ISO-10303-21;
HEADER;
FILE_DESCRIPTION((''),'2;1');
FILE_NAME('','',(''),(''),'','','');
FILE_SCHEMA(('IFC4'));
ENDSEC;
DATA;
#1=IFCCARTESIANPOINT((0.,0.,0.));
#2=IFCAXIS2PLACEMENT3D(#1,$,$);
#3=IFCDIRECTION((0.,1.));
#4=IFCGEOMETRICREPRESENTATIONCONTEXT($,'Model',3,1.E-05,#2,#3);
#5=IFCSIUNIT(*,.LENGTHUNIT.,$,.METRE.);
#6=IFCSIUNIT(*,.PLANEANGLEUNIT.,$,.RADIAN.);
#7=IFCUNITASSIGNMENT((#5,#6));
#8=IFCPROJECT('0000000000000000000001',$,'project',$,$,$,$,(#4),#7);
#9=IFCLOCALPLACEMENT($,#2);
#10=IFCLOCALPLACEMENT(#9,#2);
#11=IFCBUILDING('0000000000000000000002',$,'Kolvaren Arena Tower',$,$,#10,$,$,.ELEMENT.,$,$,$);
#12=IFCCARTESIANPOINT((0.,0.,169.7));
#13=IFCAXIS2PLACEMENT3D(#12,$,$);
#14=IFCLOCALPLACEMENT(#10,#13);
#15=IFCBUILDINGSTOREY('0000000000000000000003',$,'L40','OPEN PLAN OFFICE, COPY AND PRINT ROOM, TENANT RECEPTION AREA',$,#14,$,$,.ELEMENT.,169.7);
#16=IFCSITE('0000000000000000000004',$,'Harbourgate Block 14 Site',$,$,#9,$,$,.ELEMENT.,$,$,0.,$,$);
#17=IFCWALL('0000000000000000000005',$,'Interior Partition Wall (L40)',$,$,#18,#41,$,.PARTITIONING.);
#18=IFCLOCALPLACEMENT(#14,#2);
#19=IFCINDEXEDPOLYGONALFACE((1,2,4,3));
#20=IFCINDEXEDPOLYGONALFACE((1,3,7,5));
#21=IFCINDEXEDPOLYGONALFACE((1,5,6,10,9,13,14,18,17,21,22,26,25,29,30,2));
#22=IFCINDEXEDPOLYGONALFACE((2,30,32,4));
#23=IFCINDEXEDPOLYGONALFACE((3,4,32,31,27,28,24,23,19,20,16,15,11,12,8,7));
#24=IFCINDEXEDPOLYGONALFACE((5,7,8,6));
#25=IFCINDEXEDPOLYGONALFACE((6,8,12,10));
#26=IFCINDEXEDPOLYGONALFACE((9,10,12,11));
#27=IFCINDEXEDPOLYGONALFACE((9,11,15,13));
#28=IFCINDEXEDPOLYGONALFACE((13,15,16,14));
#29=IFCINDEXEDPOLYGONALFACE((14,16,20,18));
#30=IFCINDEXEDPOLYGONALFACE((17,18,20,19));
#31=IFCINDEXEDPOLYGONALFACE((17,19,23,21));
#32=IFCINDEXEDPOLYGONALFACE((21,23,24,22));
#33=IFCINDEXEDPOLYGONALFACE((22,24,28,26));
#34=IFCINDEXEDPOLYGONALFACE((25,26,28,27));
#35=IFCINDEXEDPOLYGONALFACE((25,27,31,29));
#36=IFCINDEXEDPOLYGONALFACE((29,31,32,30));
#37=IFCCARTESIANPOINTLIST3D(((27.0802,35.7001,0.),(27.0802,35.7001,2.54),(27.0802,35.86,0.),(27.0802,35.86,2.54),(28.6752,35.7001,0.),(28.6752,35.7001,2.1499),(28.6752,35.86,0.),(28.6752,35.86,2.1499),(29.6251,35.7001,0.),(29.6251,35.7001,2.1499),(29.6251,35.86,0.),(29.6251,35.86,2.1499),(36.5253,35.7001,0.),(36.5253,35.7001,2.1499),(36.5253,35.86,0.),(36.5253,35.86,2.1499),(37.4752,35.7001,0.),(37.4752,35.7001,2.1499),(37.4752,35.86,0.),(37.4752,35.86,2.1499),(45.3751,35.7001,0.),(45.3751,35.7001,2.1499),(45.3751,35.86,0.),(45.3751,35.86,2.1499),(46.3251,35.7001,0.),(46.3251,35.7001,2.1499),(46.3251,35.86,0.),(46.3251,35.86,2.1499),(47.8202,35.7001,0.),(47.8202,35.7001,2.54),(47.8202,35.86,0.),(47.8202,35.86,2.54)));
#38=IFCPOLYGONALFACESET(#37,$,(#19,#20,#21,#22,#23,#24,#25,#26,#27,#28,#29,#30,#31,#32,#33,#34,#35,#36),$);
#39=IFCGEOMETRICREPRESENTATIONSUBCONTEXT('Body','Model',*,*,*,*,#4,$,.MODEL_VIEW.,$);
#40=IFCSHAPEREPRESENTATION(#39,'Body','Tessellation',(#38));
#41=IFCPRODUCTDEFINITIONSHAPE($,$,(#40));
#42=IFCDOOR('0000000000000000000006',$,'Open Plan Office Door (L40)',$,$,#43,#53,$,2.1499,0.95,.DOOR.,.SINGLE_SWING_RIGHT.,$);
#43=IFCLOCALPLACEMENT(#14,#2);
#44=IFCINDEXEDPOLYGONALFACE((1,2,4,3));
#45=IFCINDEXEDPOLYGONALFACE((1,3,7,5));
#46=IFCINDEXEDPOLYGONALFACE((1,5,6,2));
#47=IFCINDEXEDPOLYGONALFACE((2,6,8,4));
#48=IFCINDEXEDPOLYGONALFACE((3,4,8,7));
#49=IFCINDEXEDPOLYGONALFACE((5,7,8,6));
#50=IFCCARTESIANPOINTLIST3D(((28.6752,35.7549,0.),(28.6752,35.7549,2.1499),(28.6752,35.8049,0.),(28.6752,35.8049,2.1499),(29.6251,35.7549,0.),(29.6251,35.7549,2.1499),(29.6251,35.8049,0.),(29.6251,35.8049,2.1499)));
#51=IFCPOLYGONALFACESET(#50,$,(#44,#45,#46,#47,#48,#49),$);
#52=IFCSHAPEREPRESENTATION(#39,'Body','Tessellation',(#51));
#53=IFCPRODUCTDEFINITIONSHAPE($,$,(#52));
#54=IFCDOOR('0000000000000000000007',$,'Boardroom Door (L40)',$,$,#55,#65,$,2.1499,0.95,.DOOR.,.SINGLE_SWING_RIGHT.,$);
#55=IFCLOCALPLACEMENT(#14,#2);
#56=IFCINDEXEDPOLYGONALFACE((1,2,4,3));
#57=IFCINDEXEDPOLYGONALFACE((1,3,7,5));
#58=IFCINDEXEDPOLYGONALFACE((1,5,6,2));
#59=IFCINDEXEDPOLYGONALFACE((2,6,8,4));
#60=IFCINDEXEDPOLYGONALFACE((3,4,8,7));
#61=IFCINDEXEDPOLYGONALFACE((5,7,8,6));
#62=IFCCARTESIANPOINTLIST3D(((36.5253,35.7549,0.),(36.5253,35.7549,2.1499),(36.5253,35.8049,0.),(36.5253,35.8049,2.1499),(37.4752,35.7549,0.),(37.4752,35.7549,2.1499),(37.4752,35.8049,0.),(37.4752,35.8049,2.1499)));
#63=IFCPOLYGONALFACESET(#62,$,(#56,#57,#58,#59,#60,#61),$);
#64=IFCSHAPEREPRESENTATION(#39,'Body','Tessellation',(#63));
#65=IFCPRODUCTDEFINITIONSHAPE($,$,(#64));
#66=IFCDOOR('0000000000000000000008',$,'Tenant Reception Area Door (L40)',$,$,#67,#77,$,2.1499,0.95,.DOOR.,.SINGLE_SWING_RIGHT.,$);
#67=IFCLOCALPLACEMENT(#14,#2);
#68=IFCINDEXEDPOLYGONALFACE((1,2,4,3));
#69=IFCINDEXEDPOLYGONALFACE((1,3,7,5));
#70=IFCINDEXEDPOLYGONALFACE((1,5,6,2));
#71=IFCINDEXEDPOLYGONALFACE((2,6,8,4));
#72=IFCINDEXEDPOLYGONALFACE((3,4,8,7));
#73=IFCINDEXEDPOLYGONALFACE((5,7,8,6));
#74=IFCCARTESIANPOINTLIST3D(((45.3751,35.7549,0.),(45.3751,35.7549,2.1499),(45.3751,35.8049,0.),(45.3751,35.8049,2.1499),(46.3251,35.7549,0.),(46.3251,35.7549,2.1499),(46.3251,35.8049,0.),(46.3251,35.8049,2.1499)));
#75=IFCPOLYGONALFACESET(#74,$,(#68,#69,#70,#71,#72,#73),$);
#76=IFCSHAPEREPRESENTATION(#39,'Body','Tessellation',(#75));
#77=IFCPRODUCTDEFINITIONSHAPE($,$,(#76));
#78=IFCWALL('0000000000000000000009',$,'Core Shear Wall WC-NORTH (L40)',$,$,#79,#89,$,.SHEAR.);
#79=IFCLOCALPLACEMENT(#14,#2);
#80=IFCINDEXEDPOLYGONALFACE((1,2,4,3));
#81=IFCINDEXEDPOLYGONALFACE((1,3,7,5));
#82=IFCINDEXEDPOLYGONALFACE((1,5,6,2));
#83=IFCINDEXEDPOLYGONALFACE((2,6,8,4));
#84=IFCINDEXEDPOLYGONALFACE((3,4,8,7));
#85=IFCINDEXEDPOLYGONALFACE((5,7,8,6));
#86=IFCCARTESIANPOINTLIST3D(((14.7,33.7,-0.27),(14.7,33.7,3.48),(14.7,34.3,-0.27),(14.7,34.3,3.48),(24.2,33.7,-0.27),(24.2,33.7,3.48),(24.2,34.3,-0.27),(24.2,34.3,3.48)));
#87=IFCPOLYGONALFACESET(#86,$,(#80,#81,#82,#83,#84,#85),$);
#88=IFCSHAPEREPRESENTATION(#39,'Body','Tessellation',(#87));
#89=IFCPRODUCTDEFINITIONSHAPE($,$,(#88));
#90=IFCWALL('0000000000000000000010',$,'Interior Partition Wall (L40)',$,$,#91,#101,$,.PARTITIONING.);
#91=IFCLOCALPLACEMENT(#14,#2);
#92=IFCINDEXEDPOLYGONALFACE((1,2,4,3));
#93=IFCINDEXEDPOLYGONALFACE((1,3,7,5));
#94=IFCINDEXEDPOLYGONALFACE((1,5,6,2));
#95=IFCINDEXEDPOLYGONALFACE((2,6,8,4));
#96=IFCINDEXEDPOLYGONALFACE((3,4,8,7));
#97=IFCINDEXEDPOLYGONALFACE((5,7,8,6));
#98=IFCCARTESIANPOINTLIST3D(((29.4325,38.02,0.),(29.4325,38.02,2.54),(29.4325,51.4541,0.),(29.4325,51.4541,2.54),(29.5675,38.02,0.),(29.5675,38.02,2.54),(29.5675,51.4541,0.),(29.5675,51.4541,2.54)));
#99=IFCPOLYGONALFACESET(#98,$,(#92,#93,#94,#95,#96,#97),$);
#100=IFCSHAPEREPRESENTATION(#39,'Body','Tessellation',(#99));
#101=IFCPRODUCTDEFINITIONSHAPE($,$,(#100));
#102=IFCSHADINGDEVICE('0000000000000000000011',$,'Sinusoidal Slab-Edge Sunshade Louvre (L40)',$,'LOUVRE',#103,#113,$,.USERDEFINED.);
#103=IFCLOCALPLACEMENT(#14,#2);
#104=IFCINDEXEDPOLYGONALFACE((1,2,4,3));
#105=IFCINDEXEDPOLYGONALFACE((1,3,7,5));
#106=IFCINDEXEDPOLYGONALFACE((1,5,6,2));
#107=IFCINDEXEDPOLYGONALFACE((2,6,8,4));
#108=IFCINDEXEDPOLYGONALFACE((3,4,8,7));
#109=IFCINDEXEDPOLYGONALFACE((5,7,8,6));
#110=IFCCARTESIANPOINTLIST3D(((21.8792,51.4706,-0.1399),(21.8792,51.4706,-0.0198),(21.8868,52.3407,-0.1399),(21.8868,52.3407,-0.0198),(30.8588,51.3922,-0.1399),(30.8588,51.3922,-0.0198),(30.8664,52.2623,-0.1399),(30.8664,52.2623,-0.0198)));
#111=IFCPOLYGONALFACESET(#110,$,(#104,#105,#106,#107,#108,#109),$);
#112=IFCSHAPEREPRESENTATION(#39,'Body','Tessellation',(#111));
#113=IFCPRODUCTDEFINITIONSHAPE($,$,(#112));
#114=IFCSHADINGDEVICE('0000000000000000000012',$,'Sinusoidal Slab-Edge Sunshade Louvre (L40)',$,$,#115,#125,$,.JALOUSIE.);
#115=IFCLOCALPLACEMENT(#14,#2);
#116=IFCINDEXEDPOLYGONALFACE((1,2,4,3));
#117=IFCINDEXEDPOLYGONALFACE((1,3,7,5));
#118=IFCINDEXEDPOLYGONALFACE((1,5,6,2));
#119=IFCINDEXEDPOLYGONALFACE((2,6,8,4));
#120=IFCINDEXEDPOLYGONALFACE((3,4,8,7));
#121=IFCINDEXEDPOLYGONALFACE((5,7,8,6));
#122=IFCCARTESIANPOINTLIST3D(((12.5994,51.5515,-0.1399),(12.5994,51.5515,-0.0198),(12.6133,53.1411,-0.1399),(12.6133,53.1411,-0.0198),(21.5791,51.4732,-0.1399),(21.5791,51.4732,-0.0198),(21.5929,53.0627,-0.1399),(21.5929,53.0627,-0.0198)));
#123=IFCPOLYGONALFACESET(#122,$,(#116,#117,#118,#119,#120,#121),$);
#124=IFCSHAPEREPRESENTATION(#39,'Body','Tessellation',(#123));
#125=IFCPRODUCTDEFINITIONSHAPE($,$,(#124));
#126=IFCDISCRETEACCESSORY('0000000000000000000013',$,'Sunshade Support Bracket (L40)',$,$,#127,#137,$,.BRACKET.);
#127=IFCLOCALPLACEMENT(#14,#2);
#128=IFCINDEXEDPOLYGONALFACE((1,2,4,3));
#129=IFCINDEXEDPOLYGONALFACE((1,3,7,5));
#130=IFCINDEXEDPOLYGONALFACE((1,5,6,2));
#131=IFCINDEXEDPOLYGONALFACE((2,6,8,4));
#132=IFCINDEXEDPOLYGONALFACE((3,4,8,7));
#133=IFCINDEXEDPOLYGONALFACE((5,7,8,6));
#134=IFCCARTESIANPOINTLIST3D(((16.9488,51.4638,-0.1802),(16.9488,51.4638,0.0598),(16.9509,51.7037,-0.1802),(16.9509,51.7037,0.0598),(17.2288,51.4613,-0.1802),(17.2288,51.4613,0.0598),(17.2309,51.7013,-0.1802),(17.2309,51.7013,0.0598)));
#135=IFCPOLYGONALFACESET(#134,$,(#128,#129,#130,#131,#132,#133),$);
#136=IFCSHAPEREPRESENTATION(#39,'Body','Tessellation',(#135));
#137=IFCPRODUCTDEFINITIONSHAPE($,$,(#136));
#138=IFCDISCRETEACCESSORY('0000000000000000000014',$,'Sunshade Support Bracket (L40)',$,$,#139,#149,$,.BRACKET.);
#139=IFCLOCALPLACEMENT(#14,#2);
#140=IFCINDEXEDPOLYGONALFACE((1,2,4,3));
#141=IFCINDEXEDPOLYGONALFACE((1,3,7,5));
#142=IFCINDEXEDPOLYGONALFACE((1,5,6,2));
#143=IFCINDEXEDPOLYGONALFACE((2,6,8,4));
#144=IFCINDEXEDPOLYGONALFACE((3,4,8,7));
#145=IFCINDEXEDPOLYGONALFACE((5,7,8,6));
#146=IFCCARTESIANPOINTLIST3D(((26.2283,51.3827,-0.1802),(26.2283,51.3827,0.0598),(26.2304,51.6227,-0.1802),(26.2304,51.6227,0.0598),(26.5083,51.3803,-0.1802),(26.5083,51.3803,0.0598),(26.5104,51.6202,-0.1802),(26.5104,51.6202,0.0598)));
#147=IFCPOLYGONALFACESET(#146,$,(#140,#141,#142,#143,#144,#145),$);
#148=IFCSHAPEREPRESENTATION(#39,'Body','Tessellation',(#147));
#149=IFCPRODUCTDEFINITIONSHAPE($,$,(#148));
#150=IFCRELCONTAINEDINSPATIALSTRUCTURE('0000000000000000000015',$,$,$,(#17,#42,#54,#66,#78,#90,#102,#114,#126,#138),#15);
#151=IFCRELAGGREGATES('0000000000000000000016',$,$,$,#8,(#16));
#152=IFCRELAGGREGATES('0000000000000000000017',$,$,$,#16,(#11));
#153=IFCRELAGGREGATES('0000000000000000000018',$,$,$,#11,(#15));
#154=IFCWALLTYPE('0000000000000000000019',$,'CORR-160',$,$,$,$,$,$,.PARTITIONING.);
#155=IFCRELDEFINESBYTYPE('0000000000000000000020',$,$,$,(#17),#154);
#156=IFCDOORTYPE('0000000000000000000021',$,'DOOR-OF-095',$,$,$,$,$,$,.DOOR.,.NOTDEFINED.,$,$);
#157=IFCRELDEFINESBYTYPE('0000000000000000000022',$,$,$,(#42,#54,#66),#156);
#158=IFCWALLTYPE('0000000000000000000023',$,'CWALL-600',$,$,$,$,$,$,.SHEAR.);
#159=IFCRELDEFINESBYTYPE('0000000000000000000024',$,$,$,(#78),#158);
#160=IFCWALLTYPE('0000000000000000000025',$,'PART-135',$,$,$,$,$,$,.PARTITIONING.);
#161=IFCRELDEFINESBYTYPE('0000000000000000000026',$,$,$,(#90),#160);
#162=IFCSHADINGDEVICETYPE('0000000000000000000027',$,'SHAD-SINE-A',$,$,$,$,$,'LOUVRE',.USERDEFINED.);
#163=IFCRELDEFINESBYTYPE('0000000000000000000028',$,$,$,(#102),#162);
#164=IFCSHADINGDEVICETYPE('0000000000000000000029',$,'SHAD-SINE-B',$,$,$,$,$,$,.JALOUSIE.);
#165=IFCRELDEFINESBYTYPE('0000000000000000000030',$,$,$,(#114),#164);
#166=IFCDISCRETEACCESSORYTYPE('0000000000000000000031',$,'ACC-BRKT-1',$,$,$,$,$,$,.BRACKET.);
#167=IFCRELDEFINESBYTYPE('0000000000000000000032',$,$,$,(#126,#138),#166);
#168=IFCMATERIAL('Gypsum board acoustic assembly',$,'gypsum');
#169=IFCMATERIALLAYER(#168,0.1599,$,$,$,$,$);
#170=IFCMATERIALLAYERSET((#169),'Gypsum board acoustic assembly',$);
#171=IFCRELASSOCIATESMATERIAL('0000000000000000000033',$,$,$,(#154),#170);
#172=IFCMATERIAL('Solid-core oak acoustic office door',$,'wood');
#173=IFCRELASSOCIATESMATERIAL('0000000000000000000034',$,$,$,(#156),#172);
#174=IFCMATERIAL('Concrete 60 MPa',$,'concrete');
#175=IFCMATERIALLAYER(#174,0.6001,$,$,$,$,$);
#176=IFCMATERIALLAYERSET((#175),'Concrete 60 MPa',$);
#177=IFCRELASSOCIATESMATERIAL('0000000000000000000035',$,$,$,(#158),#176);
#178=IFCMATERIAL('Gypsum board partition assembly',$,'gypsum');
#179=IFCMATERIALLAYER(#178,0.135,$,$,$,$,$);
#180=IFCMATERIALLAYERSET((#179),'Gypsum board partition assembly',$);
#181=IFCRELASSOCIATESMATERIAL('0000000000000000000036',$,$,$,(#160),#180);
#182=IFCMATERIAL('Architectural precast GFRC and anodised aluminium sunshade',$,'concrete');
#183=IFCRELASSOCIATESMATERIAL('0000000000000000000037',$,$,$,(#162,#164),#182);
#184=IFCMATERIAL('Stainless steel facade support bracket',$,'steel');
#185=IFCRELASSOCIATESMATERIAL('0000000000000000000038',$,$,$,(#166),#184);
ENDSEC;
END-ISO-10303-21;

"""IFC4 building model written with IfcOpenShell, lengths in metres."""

from ifc_helpers import new_model, si_unit, direction, frame, frame_2d, origin, origin_2d, place, context, subcontext, project, spatial, rectangle, extrude, material, layer, layer_set, type_object, element, fill, save


model = new_model("IFC4")

# Units and contexts
model_context = context("Model", 3, precision=1e-05, world=origin(), true_north=direction((0.0, 1.0)))
body_context = subcontext(model_context, "Body", "Model", "MODEL_VIEW")
ifc_project = project(units=[si_unit("LENGTHUNIT", "METRE"), si_unit("PLANEANGLEUNIT", "RADIAN")], contexts=[model_context])

# Site, building, storey
site_placement = place(None, origin())
site = spatial("IfcSite", under=ifc_project, at=site_placement, Name="Harbourgate Block 14 Site", CompositionType="ELEMENT", RefElevation=0.0)
building_placement = place(site_placement, origin())
building = spatial("IfcBuilding", under=site, at=building_placement, Name="Kolvaren Arena Tower", CompositionType="ELEMENT")
storey_placement = place(building_placement, frame((0.0, 0.0, 169.7)))
storey = spatial("IfcBuildingStorey", under=building, at=storey_placement, Name="L40", Description="OPEN PLAN OFFICE, COPY AND PRINT ROOM, TENANT RECEPTION AREA", CompositionType="ELEMENT", Elevation=169.7)

# Shared definitions
ifc_material_1 = material(Name="Gypsum board acoustic assembly", Category="gypsum")
ifc_layer_1 = layer(ifc_material_1, 0.1599)
ifc_layer_set_1 = layer_set([ifc_layer_1], Name="Gypsum board acoustic assembly")
wall_type_1 = type_object("IfcWallType", Name="CORR-160", PredefinedType="PARTITIONING", material=ifc_layer_set_1)

# Wall, openings, doors
ifc_material_2 = material(Name="Solid-core oak acoustic office door", Category="wood")
door_type = type_object("IfcDoorType", Name="DOOR-OF-095", OperationType="NOTDEFINED", PredefinedType="DOOR", material=ifc_material_2)
wall_1_placement = place(storey_placement, frame((27.0801, 35.78, 0.0), z_axis=(0.0, 0.0, 1.0), x_axis=(1.0, 0.0, 0.0)))
wall_1 = element("IfcWall", 1, at=wall_1_placement, inside=storey, type_object=wall_type_1, Name="Interior Partition Wall (L40)", PredefinedType="PARTITIONING", context=body_context, shape_type="SweptSolid", body=[
    extrude(rectangle(XDim=20.74, YDim=0.1599, at=frame_2d((10.3701, 0.0))), origin(), (0.0, 0.0, 1.0), 2.54),
])
opening_1_placement = place(wall_1_placement, frame((1.595, 0.0, 0.0)))
opening_1 = element("IfcOpeningElement", 2, at=opening_1_placement, cuts=wall_1, PredefinedType="OPENING", context=body_context, shape_type="SweptSolid", body=[
    extrude(rectangle(XDim=0.95, YDim=2.1499, at=frame_2d((0.4751, 1.075))), frame((0.0, 0.0898, 0.0), z_axis=(0.0, -1.0, 0.0), x_axis=(1.0, 0.0, 0.0)), (0.0, 0.0, 1.0), 0.1799),
])
opening_2_placement = place(wall_1_placement, frame((9.4451, 0.0, 0.0)))
opening_2 = element("IfcOpeningElement", 3, at=opening_2_placement, cuts=wall_1, PredefinedType="OPENING", context=body_context, shape_type="SweptSolid", body=[
    extrude(rectangle(XDim=0.95, YDim=2.1499, at=frame_2d((0.4751, 1.075))), frame((0.0, 0.0898, 0.0), z_axis=(0.0, -1.0, 0.0), x_axis=(1.0, 0.0, 0.0)), (0.0, 0.0, 1.0), 0.1799),
])
opening_3_placement = place(wall_1_placement, frame((18.2949, 0.0, 0.0)))
opening_3 = element("IfcOpeningElement", 4, at=opening_3_placement, cuts=wall_1, PredefinedType="OPENING", context=body_context, shape_type="SweptSolid", body=[
    extrude(rectangle(XDim=0.95, YDim=2.1499, at=frame_2d((0.4751, 1.075))), frame((0.0, 0.0898, 0.0), z_axis=(0.0, -1.0, 0.0), x_axis=(1.0, 0.0, 0.0)), (0.0, 0.0, 1.0), 0.1799),
])
door_1_placement = place(opening_1_placement, origin())
door_1 = element("IfcDoor", 5, at=door_1_placement, inside=storey, type_object=door_type, Name="Open Plan Office Door (L40)", OperationType="SINGLE_SWING_RIGHT", OverallHeight=2.1499, OverallWidth=0.95, PredefinedType="DOOR", context=body_context, shape_type="SweptSolid", body=[
    extrude(rectangle(XDim=0.95, YDim=2.1499, at=frame_2d((0.4751, 1.075))), frame((0.0, 0.0249, 0.0), z_axis=(0.0, -1.0, 0.0), x_axis=(1.0, 0.0, 0.0)), (0.0, 0.0, 1.0), 0.05),
])
fill(opening_1, door_1)
door_2_placement = place(opening_2_placement, origin())
door_2 = element("IfcDoor", 6, at=door_2_placement, inside=storey, type_object=door_type, Name="Boardroom Door (L40)", OperationType="SINGLE_SWING_RIGHT", OverallHeight=2.1499, OverallWidth=0.95, PredefinedType="DOOR", context=body_context, shape_type="SweptSolid", body=[
    extrude(rectangle(XDim=0.95, YDim=2.1499, at=frame_2d((0.4751, 1.075))), frame((0.0, 0.0249, 0.0), z_axis=(0.0, -1.0, 0.0), x_axis=(1.0, 0.0, 0.0)), (0.0, 0.0, 1.0), 0.05),
])
fill(opening_2, door_2)
door_3_placement = place(opening_3_placement, origin())
door_3 = element("IfcDoor", 7, at=door_3_placement, inside=storey, type_object=door_type, Name="Tenant Reception Area Door (L40)", OperationType="SINGLE_SWING_RIGHT", OverallHeight=2.1499, OverallWidth=0.95, PredefinedType="DOOR", context=body_context, shape_type="SweptSolid", body=[
    extrude(rectangle(XDim=0.95, YDim=2.1499, at=frame_2d((0.4751, 1.075))), frame((0.0, 0.0249, 0.0), z_axis=(0.0, -1.0, 0.0), x_axis=(1.0, 0.0, 0.0)), (0.0, 0.0, 1.0), 0.05),
])
fill(opening_3, door_3)

# Walls
ifc_material_3 = material(Name="Concrete 60 MPa", Category="concrete")
ifc_layer_2 = layer(ifc_material_3, 0.6001)
ifc_layer_set_2 = layer_set([ifc_layer_2], Name="Concrete 60 MPa")
wall_type_2 = type_object("IfcWallType", Name="CWALL-600", PredefinedType="SHEAR", material=ifc_layer_set_2)
wall_2_placement = place(storey_placement, frame((14.7, 34.0, -0.27), z_axis=(0.0, 0.0, 1.0), x_axis=(1.0, 0.0, 0.0)))
element("IfcWall", 8, at=wall_2_placement, inside=storey, type_object=wall_type_2, Name="Core Shear Wall WC-NORTH (L40)", PredefinedType="SHEAR", context=body_context, shape_type="SweptSolid", body=[
    extrude(rectangle(XDim=9.5, YDim=0.6001, at=frame_2d((4.75, 0.0))), origin(), (0.0, 0.0, 1.0), 3.75),
])
ifc_material_4 = material(Name="Gypsum board partition assembly", Category="gypsum")
ifc_layer_3 = layer(ifc_material_4, 0.135)
ifc_layer_set_3 = layer_set([ifc_layer_3], Name="Gypsum board partition assembly")
wall_type_3 = type_object("IfcWallType", Name="PART-135", PredefinedType="PARTITIONING", material=ifc_layer_set_3)
wall_3_placement = place(storey_placement, frame((29.5, 38.02, 0.0), z_axis=(0.0, 0.0, 1.0), x_axis=(0.0, 1.0, 0.0)))
element("IfcWall", 9, at=wall_3_placement, inside=storey, type_object=wall_type_3, Name="Interior Partition Wall (L40)", PredefinedType="PARTITIONING", context=body_context, shape_type="SweptSolid", body=[
    extrude(rectangle(XDim=13.4341, YDim=0.135, at=frame_2d((6.717, 0.0))), origin(), (0.0, 0.0, 1.0), 2.54),
])

# Shading devices
ifc_material_5 = material(Name="Architectural precast GFRC and anodised aluminium sunshade", Category="concrete")
shading_device_type_1 = type_object("IfcShadingDeviceType", Name="SHAD-SINE-A", ElementType="LOUVRE", PredefinedType="USERDEFINED", material=ifc_material_5)
shading_device_1_placement = place(storey_placement, frame((26.3728, 51.8665, -0.1399), z_axis=(0.0, 0.0, 1.0), x_axis=(0.999962, -0.008727, 0.0)))
element("IfcShadingDevice", 10, at=shading_device_1_placement, inside=storey, type_object=shading_device_type_1, Name="Sinusoidal Slab-Edge Sunshade Louvre (L40)", ObjectType="LOUVRE", PredefinedType="USERDEFINED", context=body_context, shape_type="SweptSolid", body=[
    extrude(rectangle(XDim=8.98, YDim=0.8701, at=origin_2d()), origin(), (0.0, 0.0, 1.0), 0.1201),
])
shading_device_type_2 = type_object("IfcShadingDeviceType", Name="SHAD-SINE-B", PredefinedType="JALOUSIE", material=ifc_material_5)
shading_device_2_placement = place(storey_placement, frame((17.0962, 52.3071, -0.1399), z_axis=(0.0, 0.0, 1.0), x_axis=(0.999962, -0.008727, 0.0)))
element("IfcShadingDevice", 11, at=shading_device_2_placement, inside=storey, type_object=shading_device_type_2, Name="Sinusoidal Slab-Edge Sunshade Louvre (L40)", PredefinedType="JALOUSIE", context=body_context, shape_type="SweptSolid", body=[
    extrude(rectangle(XDim=8.98, YDim=1.5896, at=origin_2d()), origin(), (0.0, 0.0, 1.0), 0.1201),
])

# Discrete accessories
ifc_material_6 = material(Name="Stainless steel facade support bracket", Category="steel")
discrete_accessory_type = type_object("IfcDiscreteAccessoryType", Name="ACC-BRKT-1", PredefinedType="BRACKET", material=ifc_material_6)
for number, where, z_axis, x_axis, name in (
    (12, (17.0898, 51.5825, -0.1802), (0.0, 0.0, 1.0), (0.999962, -0.008727, 0.0), "Sunshade Support Bracket (L40)"),
    (13, (26.3694, 51.5015, -0.1802), (0.0, 0.0, 1.0), (0.999962, -0.008727, 0.0), "Sunshade Support Bracket (L40)"),
):
    element("IfcDiscreteAccessory", number, at=place(storey_placement, frame(where, z_axis=z_axis, x_axis=x_axis)), inside=storey, type_object=discrete_accessory_type, Name=name, PredefinedType="BRACKET", context=body_context, shape_type="SweptSolid", body=[
        extrude(rectangle(XDim=0.28, YDim=0.24, at=origin_2d()), origin(), (0.0, 0.0, 1.0), 0.24),
    ])

save(model, "model.ifc")
